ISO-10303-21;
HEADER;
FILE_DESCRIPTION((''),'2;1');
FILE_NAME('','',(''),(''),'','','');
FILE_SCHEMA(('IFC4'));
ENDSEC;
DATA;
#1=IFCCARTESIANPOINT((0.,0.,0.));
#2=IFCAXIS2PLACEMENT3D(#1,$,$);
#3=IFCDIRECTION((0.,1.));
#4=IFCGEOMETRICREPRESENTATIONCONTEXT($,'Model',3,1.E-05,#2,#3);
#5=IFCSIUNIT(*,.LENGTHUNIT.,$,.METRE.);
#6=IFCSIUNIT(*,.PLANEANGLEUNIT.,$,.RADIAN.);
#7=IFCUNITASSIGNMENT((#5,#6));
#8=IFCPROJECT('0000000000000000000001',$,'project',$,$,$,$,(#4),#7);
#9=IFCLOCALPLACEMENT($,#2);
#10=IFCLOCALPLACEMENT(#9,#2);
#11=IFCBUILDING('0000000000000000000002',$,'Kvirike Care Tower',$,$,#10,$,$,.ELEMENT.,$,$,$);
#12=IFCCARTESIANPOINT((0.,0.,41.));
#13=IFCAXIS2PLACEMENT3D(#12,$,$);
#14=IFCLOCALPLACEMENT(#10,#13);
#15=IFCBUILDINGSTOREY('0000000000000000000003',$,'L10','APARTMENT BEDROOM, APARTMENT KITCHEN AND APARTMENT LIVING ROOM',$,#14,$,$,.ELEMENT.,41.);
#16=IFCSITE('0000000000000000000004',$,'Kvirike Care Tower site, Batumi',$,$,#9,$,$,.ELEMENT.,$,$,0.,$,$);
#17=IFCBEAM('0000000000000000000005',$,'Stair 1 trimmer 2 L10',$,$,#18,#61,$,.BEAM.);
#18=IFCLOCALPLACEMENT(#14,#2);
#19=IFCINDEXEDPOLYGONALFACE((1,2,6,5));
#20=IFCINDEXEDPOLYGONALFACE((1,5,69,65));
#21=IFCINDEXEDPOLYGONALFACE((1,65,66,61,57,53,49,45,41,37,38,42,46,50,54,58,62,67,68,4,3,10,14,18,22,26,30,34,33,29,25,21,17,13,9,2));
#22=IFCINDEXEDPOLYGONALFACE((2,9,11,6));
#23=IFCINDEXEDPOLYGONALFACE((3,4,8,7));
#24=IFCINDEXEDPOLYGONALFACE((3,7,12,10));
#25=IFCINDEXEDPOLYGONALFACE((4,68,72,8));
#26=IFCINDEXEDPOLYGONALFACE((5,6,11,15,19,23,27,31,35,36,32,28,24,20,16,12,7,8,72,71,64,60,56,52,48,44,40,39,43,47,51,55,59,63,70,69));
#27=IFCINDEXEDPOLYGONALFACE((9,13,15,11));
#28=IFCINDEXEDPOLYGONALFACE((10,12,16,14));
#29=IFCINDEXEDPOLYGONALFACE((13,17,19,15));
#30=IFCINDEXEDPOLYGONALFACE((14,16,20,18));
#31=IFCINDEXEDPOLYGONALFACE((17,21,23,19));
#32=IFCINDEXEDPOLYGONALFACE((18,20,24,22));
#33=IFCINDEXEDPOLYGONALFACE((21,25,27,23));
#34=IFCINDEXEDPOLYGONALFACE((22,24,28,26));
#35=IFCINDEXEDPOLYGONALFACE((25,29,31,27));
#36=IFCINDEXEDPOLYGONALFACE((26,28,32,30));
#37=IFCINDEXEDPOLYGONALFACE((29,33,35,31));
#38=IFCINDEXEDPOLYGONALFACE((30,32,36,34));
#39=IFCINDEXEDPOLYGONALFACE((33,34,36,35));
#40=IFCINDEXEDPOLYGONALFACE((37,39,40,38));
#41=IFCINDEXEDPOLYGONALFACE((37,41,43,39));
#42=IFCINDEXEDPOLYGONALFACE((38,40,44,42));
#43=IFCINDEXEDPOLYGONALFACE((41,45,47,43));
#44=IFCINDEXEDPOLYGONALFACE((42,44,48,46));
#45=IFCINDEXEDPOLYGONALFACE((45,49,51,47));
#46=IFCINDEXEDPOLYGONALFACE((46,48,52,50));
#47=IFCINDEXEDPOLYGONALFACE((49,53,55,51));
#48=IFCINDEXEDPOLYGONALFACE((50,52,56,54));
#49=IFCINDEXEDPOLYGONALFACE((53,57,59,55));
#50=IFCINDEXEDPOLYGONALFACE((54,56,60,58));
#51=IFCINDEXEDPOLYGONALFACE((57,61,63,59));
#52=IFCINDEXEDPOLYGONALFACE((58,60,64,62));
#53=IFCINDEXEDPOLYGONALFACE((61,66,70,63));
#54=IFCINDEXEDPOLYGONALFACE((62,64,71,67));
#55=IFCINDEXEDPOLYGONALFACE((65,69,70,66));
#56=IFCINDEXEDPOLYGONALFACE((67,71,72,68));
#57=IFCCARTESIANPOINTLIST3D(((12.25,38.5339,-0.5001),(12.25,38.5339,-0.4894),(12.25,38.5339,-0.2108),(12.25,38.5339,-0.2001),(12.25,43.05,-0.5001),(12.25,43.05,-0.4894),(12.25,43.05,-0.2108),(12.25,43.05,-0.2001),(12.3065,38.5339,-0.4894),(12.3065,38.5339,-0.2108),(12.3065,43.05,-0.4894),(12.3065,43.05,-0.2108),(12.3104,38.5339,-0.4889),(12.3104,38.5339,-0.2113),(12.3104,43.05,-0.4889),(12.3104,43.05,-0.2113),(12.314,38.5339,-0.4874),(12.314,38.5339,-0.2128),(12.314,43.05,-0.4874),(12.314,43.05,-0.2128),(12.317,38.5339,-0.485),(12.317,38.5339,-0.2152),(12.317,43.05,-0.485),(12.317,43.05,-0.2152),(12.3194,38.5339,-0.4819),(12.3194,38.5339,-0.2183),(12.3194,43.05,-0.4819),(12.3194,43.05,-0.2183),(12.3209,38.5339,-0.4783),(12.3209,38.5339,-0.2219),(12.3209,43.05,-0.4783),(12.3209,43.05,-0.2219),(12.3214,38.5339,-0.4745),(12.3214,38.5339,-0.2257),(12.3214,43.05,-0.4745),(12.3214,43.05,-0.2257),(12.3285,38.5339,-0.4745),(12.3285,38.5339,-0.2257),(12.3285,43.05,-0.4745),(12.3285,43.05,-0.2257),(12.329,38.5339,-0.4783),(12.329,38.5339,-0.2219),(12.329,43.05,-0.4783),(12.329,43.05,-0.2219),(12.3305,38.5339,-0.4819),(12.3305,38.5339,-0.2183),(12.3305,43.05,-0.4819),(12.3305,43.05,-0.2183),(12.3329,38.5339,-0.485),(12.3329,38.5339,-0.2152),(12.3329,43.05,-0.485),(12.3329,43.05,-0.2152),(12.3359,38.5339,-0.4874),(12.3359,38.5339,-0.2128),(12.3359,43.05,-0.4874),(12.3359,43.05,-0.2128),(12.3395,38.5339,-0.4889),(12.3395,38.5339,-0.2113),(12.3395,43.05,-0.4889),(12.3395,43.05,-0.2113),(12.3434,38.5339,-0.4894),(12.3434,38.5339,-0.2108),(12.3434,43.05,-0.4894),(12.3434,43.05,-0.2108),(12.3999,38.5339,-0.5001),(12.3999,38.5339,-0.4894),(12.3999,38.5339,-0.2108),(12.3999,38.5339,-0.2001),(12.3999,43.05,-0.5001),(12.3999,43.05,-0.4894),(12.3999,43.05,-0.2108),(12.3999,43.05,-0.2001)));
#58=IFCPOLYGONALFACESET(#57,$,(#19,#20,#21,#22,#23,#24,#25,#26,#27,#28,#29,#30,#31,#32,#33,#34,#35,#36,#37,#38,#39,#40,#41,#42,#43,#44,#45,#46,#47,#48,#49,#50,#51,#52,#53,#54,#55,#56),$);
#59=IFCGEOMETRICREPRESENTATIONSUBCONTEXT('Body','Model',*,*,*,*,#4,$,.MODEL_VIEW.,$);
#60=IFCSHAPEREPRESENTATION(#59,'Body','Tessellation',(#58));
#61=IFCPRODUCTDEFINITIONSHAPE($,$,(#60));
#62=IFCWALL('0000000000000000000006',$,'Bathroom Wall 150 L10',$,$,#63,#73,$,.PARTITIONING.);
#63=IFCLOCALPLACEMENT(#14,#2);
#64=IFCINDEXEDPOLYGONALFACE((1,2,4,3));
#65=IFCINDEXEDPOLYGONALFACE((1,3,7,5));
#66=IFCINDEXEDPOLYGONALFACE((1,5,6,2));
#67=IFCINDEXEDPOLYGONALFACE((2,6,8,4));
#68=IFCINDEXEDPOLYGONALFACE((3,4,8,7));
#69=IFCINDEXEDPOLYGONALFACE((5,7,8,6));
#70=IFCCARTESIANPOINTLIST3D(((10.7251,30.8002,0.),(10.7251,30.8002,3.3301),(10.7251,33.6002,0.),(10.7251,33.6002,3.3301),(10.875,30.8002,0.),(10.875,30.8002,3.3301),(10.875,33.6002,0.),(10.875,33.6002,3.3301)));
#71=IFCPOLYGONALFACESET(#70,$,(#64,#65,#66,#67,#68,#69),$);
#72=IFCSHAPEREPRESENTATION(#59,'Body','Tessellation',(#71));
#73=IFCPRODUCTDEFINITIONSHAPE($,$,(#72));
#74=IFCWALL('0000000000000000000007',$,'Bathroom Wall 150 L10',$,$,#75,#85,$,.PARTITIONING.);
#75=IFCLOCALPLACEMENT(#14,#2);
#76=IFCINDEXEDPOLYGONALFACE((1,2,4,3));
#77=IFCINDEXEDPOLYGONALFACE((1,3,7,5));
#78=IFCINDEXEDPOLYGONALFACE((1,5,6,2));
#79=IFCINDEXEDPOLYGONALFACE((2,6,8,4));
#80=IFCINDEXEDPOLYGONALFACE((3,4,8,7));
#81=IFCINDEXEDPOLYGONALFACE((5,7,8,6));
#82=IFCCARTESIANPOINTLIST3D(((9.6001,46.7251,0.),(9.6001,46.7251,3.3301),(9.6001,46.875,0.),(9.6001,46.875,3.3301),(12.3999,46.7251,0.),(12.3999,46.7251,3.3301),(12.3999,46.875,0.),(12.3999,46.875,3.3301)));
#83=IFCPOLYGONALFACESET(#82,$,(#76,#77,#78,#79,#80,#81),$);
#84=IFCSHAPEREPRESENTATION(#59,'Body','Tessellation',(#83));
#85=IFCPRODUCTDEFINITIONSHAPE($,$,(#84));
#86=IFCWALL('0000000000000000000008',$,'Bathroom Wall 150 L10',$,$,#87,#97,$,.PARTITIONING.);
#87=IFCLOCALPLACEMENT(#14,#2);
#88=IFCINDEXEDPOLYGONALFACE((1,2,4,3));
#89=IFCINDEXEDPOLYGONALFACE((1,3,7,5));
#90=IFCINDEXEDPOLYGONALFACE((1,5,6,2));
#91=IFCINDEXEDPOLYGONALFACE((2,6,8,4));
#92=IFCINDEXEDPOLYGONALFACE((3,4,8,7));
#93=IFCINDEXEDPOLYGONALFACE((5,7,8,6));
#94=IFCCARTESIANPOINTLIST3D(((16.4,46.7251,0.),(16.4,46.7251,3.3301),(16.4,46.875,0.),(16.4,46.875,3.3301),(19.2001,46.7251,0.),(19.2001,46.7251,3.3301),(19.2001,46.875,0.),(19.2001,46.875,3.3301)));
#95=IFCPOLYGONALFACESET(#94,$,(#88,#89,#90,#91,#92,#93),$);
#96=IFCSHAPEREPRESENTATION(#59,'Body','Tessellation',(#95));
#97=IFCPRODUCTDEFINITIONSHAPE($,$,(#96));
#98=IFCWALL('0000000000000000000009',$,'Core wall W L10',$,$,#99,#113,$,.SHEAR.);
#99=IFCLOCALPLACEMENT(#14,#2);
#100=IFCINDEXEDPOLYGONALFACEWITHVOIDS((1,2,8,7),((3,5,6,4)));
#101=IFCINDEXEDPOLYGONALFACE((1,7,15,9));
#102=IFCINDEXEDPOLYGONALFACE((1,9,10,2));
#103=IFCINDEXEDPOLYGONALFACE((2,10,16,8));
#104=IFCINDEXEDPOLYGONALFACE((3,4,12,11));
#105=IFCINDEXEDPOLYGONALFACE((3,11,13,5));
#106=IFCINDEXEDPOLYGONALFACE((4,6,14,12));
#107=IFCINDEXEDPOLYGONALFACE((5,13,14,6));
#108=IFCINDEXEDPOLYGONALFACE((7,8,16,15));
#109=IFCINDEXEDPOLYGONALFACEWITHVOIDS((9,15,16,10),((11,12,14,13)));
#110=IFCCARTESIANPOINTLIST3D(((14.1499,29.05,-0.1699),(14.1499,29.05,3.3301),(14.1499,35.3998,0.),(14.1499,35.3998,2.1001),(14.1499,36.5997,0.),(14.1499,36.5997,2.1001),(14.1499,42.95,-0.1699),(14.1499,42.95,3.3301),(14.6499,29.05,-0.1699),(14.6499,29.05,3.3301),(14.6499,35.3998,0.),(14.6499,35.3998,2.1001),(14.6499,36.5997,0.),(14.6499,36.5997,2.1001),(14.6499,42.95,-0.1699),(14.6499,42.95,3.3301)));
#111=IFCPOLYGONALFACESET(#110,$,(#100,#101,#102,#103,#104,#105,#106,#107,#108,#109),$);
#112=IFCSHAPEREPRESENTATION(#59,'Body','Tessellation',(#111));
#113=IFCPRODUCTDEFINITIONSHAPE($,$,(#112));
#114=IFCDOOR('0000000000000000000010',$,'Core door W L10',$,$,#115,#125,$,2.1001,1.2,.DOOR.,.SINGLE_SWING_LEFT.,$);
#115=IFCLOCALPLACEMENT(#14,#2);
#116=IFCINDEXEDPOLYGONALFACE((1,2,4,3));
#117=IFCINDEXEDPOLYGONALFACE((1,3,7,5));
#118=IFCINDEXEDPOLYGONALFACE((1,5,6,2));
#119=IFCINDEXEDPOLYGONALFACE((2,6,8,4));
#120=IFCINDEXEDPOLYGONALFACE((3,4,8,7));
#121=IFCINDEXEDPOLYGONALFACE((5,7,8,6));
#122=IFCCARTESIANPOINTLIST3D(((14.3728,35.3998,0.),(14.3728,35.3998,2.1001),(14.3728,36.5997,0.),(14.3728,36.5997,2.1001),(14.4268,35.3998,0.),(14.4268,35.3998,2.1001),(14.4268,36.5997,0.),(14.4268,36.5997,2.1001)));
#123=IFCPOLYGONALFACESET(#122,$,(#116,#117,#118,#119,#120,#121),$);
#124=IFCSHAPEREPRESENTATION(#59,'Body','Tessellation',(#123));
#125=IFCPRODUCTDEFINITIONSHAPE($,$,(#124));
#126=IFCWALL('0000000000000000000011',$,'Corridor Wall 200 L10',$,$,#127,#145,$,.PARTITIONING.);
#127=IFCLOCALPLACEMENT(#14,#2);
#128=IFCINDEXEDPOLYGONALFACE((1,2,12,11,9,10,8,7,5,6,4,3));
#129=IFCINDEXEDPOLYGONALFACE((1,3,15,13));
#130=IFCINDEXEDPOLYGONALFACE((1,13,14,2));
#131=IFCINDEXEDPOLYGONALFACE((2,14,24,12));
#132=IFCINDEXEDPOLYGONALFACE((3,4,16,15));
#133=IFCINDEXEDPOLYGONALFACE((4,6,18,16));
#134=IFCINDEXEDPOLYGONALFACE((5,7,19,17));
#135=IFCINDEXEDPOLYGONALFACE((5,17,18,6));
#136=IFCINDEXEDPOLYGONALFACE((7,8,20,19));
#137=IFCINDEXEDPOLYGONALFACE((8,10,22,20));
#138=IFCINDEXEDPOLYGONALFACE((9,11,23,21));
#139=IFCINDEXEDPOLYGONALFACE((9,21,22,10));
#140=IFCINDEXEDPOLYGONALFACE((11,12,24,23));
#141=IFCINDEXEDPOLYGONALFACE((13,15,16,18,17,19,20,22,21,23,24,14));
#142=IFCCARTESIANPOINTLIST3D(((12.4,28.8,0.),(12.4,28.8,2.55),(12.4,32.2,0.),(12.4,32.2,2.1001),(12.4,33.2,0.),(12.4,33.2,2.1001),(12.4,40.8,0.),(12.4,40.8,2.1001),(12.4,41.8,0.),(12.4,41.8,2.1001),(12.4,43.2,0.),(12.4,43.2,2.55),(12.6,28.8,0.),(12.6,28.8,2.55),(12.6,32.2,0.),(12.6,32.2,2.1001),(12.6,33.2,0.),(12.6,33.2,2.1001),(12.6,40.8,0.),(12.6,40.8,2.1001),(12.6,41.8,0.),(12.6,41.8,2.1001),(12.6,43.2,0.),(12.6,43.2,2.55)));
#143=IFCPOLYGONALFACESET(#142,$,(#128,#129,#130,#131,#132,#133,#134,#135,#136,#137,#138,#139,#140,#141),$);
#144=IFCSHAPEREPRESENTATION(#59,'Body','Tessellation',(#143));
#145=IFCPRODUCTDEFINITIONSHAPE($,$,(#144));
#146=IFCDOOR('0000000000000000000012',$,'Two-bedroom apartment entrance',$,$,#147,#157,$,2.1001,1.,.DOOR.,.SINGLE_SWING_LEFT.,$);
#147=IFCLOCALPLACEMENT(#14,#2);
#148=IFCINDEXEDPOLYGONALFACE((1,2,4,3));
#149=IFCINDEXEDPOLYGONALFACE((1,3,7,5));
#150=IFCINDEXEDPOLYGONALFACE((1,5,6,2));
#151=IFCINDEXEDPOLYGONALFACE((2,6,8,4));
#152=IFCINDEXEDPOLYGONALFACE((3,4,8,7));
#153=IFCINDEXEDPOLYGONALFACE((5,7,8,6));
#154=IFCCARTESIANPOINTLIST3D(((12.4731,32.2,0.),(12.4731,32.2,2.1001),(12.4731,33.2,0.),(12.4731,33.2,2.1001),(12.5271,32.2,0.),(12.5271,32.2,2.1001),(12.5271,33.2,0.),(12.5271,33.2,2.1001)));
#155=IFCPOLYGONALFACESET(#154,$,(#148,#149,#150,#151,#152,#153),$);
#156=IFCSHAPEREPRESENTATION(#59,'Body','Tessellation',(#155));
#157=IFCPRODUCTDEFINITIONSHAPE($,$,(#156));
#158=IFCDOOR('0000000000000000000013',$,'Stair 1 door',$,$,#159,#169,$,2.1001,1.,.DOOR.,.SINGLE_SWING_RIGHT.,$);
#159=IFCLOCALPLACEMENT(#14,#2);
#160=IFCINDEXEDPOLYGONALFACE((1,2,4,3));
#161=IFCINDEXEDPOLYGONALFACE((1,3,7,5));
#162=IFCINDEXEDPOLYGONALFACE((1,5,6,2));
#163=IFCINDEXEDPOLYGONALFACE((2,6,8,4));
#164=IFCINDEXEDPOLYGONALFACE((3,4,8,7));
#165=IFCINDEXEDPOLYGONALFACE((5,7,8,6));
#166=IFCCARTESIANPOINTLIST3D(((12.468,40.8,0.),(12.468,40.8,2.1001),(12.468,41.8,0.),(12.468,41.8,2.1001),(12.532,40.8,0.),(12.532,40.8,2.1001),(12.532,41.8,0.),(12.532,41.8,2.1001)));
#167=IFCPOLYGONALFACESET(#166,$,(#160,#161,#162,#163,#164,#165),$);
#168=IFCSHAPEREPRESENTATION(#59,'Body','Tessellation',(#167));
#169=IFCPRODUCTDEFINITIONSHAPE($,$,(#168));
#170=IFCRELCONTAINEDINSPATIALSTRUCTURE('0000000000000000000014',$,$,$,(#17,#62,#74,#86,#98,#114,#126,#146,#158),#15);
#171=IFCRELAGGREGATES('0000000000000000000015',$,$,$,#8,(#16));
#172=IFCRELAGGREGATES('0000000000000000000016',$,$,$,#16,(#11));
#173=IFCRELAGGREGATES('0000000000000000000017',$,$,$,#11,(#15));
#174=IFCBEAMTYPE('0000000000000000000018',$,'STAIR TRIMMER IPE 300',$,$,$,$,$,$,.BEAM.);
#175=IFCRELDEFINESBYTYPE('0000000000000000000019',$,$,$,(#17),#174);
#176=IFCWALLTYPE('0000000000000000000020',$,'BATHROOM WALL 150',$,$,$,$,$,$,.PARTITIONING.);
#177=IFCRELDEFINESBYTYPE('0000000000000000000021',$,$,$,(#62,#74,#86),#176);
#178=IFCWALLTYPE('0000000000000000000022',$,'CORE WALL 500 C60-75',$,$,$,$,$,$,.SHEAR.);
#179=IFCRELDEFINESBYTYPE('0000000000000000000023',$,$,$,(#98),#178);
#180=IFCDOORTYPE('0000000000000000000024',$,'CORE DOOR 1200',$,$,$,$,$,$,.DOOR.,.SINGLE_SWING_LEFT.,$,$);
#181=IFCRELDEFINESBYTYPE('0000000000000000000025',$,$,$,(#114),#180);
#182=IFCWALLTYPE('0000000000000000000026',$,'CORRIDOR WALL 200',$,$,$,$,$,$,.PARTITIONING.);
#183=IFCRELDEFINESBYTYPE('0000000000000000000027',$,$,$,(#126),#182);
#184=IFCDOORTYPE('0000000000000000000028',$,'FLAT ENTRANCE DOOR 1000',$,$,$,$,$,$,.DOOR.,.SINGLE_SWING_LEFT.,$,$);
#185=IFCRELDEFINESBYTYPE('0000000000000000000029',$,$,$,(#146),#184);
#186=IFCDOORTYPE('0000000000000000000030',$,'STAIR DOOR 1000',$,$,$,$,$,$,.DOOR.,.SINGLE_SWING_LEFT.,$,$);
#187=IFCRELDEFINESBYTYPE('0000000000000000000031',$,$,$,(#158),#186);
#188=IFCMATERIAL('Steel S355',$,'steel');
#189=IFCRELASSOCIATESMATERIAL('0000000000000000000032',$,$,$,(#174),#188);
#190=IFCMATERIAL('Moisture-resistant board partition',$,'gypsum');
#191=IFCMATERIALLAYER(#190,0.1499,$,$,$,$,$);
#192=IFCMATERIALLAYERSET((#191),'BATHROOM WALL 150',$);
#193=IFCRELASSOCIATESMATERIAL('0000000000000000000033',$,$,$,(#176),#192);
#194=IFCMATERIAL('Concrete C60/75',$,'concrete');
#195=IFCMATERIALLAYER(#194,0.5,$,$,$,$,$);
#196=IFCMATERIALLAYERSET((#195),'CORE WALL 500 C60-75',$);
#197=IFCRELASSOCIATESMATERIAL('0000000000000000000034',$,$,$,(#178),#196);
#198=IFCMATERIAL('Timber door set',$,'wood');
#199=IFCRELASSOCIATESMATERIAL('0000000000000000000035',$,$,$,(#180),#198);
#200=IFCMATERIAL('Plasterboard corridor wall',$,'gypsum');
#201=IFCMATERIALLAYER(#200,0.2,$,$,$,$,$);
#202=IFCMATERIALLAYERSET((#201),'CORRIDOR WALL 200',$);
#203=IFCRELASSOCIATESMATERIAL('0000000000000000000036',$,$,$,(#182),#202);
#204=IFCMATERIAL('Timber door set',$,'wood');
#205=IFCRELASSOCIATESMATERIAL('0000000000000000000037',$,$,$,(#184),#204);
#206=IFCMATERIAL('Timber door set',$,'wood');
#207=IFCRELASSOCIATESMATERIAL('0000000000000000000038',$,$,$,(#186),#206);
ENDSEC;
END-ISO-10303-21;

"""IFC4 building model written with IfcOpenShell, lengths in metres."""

from ifc_helpers import new_model, si_unit, direction, frame, frame_2d, origin, origin_2d, place, context, subcontext, project, spatial, rectangle, i_section, extrude, material, layer, layer_set, material_profile, profile_set, type_object, element, fill, save


model = new_model("IFC4")

# Units and contexts
model_context = context("Model", 3, precision=1e-05, world=origin(), true_north=direction((0.0, 1.0)))
body_context = subcontext(model_context, "Body", "Model", "MODEL_VIEW")
ifc_project = project(units=[si_unit("LENGTHUNIT", "METRE"), si_unit("PLANEANGLEUNIT", "RADIAN")], contexts=[model_context])

# Site, building, storey
site_placement = place(None, origin())
site = spatial("IfcSite", under=ifc_project, at=site_placement, Name="Kvirike Care Tower site, Batumi", CompositionType="ELEMENT", RefElevation=0.0)
building_placement = place(site_placement, origin())
building = spatial("IfcBuilding", under=site, at=building_placement, Name="Kvirike Care Tower", CompositionType="ELEMENT")
storey_placement = place(building_placement, frame((0.0, 0.0, 41.0)))
storey = spatial("IfcBuildingStorey", under=building, at=storey_placement, Name="L10", Description="APARTMENT BEDROOM, APARTMENT KITCHEN AND APARTMENT LIVING ROOM", CompositionType="ELEMENT", Elevation=41.0)

# Beam
ifc_material_1 = material(Name="Steel S355", Category="steel")
ifc_material_profile_1 = material_profile(ifc_material_1, i_section(OverallWidth=0.1499, OverallDepth=0.3, WebThickness=0.0071, FlangeThickness=0.0107, FilletRadius=0.0149, at=origin_2d()), Name="IPE 300")
ifc_profile_set_1 = profile_set([ifc_material_profile_1], Name="Steel S355")
beam_type_1 = type_object("IfcBeamType", Name="STAIR TRIMMER IPE 300", PredefinedType="BEAM", material=ifc_profile_set_1)
for number, where, z_axis, x_axis, name in (
    (1, (12.325, 43.05, -0.3501), (0.0, -1.0, 0.0), (1.0, 0.0, 0.0), "Stair 1 trimmer 2 L10"),
):
    element("IfcBeam", number, at=place(storey_placement, frame(where, z_axis=z_axis, x_axis=x_axis)), inside=storey, type_object=beam_type_1, Name=name, PredefinedType="BEAM", context=body_context, shape_type="SweptSolid", body=[
        extrude(i_section(OverallWidth=0.1499, OverallDepth=0.3, WebThickness=0.0071, FlangeThickness=0.0107, FilletRadius=0.0149, at=origin_2d()), origin(), (0.0, 0.0, 1.0), 4.5161),
    ])

# Walls
ifc_material_2 = material(Name="Moisture-resistant board partition", Category="gypsum")
ifc_layer_1 = layer(ifc_material_2, 0.1499)
ifc_layer_set_1 = layer_set([ifc_layer_1], Name="BATHROOM WALL 150")
wall_type_1 = type_object("IfcWallType", Name="BATHROOM WALL 150", PredefinedType="PARTITIONING", material=ifc_layer_set_1)
wall_1_placement = place(storey_placement, frame((10.8, 33.6001, 0.0), z_axis=(0.0, 0.0, 1.0), x_axis=(0.0, -1.0, 0.0)))
element("IfcWall", 2, at=wall_1_placement, inside=storey, type_object=wall_type_1, Name="Bathroom Wall 150 L10", PredefinedType="PARTITIONING", context=body_context, shape_type="SweptSolid", body=[
    extrude(rectangle(XDim=2.8, YDim=0.1499, at=frame_2d((1.3999, 0.0))), origin(), (0.0, 0.0, 1.0), 3.3301),
])
wall_2_placement = place(storey_placement, frame((12.3999, 46.8, 0.0), z_axis=(0.0, 0.0, 1.0), x_axis=(-1.0, 0.0, 0.0)))
element("IfcWall", 3, at=wall_2_placement, inside=storey, type_object=wall_type_1, Name="Bathroom Wall 150 L10", PredefinedType="PARTITIONING", context=body_context, shape_type="SweptSolid", body=[
    extrude(rectangle(XDim=2.7998, YDim=0.1499, at=frame_2d((1.3999, 0.0))), origin(), (0.0, 0.0, 1.0), 3.3301),
])
wall_3_placement = place(storey_placement, frame((19.2, 46.8, 0.0), z_axis=(0.0, 0.0, 1.0), x_axis=(-1.0, 0.0, 0.0)))
element("IfcWall", 4, at=wall_3_placement, inside=storey, type_object=wall_type_1, Name="Bathroom Wall 150 L10", PredefinedType="PARTITIONING", context=body_context, shape_type="SweptSolid", body=[
    extrude(rectangle(XDim=2.8, YDim=0.1499, at=frame_2d((1.3999, 0.0))), origin(), (0.0, 0.0, 1.0), 3.3301),
])

# Wall, opening, door
ifc_material_3 = material(Name="Concrete C60/75", Category="concrete")
ifc_layer_2 = layer(ifc_material_3, 0.5)
ifc_layer_set_2 = layer_set([ifc_layer_2], Name="CORE WALL 500 C60-75")
wall_type_2 = type_object("IfcWallType", Name="CORE WALL 500 C60-75", PredefinedType="SHEAR", material=ifc_layer_set_2)
wall_4_placement = place(storey_placement, frame((14.3999, 42.95, -0.1699), z_axis=(0.0, 0.0, 1.0), x_axis=(0.0, -1.0, 0.0)))
wall_4 = element("IfcWall", 5, at=wall_4_placement, inside=storey, type_object=wall_type_2, Name="Core wall W L10", PredefinedType="SHEAR", context=body_context, shape_type="SweptSolid", body=[
    extrude(rectangle(XDim=13.8999, YDim=0.5, at=frame_2d((6.95, 0.0))), origin(), (0.0, 0.0, 1.0), 3.5),
])
opening_1_placement = place(wall_4_placement, frame((6.3501, 0.0, 0.1699)))
opening_1 = element("IfcOpeningElement", 6, at=opening_1_placement, cuts=wall_4, PredefinedType="OPENING", context=body_context, shape_type="SweptSolid", body=[
    extrude(rectangle(XDim=1.2, YDim=2.1001, at=frame_2d((0.6001, 1.05))), frame((0.0, 0.2605, 0.0), z_axis=(0.0, -1.0, 0.0), x_axis=(1.0, 0.0, 0.0)), (0.0, 0.0, 1.0), 0.521),
])
ifc_material_4 = material(Name="Timber door set", Category="wood")
door_type_1 = type_object("IfcDoorType", Name="CORE DOOR 1200", OperationType="SINGLE_SWING_LEFT", PredefinedType="DOOR", material=ifc_material_4)
door_1_placement = place(opening_1_placement, origin())
door_1 = element("IfcDoor", 7, at=door_1_placement, inside=storey, type_object=door_type_1, Name="Core door W L10", OperationType="SINGLE_SWING_LEFT", OverallHeight=2.1001, OverallWidth=1.2, PredefinedType="DOOR", context=body_context, shape_type="SweptSolid", body=[
    extrude(rectangle(XDim=1.2, YDim=2.1001, at=frame_2d((0.6001, 1.05))), frame((0.0, 0.0269, 0.0), z_axis=(0.0, -1.0, 0.0), x_axis=(1.0, 0.0, 0.0)), (0.0, 0.0, 1.0), 0.054),
])
fill(opening_1, door_1)

# Wall, openings, doors
ifc_material_5 = material(Name="Plasterboard corridor wall", Category="gypsum")
ifc_layer_3 = layer(ifc_material_5, 0.2)
ifc_layer_set_3 = layer_set([ifc_layer_3], Name="CORRIDOR WALL 200")
wall_type_3 = type_object("IfcWallType", Name="CORRIDOR WALL 200", PredefinedType="PARTITIONING", material=ifc_layer_set_3)
wall_5_placement = place(storey_placement, frame((12.5, 43.2, 0.0), z_axis=(0.0, 0.0, 1.0), x_axis=(0.0, -1.0, 0.0)))
wall_5 = element("IfcWall", 8, at=wall_5_placement, inside=storey, type_object=wall_type_3, Name="Corridor Wall 200 L10", PredefinedType="PARTITIONING", context=body_context, shape_type="SweptSolid", body=[
    extrude(rectangle(XDim=14.3999, YDim=0.2, at=frame_2d((7.2, 0.0))), origin(), (0.0, 0.0, 1.0), 2.55),
])
opening_2_placement = place(wall_5_placement, frame((1.3999, 0.0, 0.0)))
opening_2 = element("IfcOpeningElement", 9, at=opening_2_placement, cuts=wall_5, PredefinedType="OPENING", context=body_context, shape_type="SweptSolid", body=[
    extrude(rectangle(XDim=1.0, YDim=2.1001, at=frame_2d((0.5, 1.05))), frame((0.0, 0.1106, 0.0), z_axis=(0.0, -1.0, 0.0), x_axis=(1.0, 0.0, 0.0)), (0.0, 0.0, 1.0), 0.2209),
])
opening_3_placement = place(wall_5_placement, frame((10.0, 0.0, 0.0)))
opening_3 = element("IfcOpeningElement", 10, at=opening_3_placement, cuts=wall_5, PredefinedType="OPENING", context=body_context, shape_type="SweptSolid", body=[
    extrude(rectangle(XDim=1.0, YDim=2.1001, at=frame_2d((0.5, 1.05))), frame((0.0, 0.1106, 0.0), z_axis=(0.0, -1.0, 0.0), x_axis=(1.0, 0.0, 0.0)), (0.0, 0.0, 1.0), 0.2209),
])
ifc_material_6 = material(Name="Timber door set", Category="wood")
door_type_2 = type_object("IfcDoorType", Name="FLAT ENTRANCE DOOR 1000", OperationType="SINGLE_SWING_LEFT", PredefinedType="DOOR", material=ifc_material_6)
door_2_placement = place(opening_3_placement, frame((1.0, 0.0, 0.0), z_axis=(0.0, 0.0, 1.0), x_axis=(-1.0, 0.0, 0.0)))
door_2 = element("IfcDoor", 11, at=door_2_placement, inside=storey, type_object=door_type_2, Name="Two-bedroom apartment entrance", OperationType="SINGLE_SWING_LEFT", OverallHeight=2.1001, OverallWidth=1.0, PredefinedType="DOOR", context=body_context, shape_type="SweptSolid", body=[
    extrude(rectangle(XDim=1.0, YDim=2.1001, at=frame_2d((0.5, 1.05))), frame((0.0, 0.0269, 0.0), z_axis=(0.0, -1.0, 0.0), x_axis=(1.0, 0.0, 0.0)), (0.0, 0.0, 1.0), 0.054),
])
fill(opening_3, door_2)
ifc_material_7 = material(Name="Timber door set", Category="wood")
door_type_3 = type_object("IfcDoorType", Name="STAIR DOOR 1000", OperationType="SINGLE_SWING_LEFT", PredefinedType="DOOR", material=ifc_material_7)
door_3_placement = place(opening_2_placement, frame((1.0, 0.0, 0.0), z_axis=(0.0, 0.0, 1.0), x_axis=(-1.0, 0.0, 0.0)))
door_3 = element("IfcDoor", 12, at=door_3_placement, inside=storey, type_object=door_type_3, Name="Stair 1 door", OperationType="SINGLE_SWING_RIGHT", OverallHeight=2.1001, OverallWidth=1.0, PredefinedType="DOOR", context=body_context, shape_type="SweptSolid", body=[
    extrude(rectangle(XDim=1.0, YDim=2.1001, at=frame_2d((0.5, 1.05))), frame((0.0, 0.032, 0.0), z_axis=(0.0, -1.0, 0.0), x_axis=(1.0, 0.0, 0.0)), (0.0, 0.0, 1.0), 0.064),
])
fill(opening_2, door_3)

save(model, "model.ifc")
